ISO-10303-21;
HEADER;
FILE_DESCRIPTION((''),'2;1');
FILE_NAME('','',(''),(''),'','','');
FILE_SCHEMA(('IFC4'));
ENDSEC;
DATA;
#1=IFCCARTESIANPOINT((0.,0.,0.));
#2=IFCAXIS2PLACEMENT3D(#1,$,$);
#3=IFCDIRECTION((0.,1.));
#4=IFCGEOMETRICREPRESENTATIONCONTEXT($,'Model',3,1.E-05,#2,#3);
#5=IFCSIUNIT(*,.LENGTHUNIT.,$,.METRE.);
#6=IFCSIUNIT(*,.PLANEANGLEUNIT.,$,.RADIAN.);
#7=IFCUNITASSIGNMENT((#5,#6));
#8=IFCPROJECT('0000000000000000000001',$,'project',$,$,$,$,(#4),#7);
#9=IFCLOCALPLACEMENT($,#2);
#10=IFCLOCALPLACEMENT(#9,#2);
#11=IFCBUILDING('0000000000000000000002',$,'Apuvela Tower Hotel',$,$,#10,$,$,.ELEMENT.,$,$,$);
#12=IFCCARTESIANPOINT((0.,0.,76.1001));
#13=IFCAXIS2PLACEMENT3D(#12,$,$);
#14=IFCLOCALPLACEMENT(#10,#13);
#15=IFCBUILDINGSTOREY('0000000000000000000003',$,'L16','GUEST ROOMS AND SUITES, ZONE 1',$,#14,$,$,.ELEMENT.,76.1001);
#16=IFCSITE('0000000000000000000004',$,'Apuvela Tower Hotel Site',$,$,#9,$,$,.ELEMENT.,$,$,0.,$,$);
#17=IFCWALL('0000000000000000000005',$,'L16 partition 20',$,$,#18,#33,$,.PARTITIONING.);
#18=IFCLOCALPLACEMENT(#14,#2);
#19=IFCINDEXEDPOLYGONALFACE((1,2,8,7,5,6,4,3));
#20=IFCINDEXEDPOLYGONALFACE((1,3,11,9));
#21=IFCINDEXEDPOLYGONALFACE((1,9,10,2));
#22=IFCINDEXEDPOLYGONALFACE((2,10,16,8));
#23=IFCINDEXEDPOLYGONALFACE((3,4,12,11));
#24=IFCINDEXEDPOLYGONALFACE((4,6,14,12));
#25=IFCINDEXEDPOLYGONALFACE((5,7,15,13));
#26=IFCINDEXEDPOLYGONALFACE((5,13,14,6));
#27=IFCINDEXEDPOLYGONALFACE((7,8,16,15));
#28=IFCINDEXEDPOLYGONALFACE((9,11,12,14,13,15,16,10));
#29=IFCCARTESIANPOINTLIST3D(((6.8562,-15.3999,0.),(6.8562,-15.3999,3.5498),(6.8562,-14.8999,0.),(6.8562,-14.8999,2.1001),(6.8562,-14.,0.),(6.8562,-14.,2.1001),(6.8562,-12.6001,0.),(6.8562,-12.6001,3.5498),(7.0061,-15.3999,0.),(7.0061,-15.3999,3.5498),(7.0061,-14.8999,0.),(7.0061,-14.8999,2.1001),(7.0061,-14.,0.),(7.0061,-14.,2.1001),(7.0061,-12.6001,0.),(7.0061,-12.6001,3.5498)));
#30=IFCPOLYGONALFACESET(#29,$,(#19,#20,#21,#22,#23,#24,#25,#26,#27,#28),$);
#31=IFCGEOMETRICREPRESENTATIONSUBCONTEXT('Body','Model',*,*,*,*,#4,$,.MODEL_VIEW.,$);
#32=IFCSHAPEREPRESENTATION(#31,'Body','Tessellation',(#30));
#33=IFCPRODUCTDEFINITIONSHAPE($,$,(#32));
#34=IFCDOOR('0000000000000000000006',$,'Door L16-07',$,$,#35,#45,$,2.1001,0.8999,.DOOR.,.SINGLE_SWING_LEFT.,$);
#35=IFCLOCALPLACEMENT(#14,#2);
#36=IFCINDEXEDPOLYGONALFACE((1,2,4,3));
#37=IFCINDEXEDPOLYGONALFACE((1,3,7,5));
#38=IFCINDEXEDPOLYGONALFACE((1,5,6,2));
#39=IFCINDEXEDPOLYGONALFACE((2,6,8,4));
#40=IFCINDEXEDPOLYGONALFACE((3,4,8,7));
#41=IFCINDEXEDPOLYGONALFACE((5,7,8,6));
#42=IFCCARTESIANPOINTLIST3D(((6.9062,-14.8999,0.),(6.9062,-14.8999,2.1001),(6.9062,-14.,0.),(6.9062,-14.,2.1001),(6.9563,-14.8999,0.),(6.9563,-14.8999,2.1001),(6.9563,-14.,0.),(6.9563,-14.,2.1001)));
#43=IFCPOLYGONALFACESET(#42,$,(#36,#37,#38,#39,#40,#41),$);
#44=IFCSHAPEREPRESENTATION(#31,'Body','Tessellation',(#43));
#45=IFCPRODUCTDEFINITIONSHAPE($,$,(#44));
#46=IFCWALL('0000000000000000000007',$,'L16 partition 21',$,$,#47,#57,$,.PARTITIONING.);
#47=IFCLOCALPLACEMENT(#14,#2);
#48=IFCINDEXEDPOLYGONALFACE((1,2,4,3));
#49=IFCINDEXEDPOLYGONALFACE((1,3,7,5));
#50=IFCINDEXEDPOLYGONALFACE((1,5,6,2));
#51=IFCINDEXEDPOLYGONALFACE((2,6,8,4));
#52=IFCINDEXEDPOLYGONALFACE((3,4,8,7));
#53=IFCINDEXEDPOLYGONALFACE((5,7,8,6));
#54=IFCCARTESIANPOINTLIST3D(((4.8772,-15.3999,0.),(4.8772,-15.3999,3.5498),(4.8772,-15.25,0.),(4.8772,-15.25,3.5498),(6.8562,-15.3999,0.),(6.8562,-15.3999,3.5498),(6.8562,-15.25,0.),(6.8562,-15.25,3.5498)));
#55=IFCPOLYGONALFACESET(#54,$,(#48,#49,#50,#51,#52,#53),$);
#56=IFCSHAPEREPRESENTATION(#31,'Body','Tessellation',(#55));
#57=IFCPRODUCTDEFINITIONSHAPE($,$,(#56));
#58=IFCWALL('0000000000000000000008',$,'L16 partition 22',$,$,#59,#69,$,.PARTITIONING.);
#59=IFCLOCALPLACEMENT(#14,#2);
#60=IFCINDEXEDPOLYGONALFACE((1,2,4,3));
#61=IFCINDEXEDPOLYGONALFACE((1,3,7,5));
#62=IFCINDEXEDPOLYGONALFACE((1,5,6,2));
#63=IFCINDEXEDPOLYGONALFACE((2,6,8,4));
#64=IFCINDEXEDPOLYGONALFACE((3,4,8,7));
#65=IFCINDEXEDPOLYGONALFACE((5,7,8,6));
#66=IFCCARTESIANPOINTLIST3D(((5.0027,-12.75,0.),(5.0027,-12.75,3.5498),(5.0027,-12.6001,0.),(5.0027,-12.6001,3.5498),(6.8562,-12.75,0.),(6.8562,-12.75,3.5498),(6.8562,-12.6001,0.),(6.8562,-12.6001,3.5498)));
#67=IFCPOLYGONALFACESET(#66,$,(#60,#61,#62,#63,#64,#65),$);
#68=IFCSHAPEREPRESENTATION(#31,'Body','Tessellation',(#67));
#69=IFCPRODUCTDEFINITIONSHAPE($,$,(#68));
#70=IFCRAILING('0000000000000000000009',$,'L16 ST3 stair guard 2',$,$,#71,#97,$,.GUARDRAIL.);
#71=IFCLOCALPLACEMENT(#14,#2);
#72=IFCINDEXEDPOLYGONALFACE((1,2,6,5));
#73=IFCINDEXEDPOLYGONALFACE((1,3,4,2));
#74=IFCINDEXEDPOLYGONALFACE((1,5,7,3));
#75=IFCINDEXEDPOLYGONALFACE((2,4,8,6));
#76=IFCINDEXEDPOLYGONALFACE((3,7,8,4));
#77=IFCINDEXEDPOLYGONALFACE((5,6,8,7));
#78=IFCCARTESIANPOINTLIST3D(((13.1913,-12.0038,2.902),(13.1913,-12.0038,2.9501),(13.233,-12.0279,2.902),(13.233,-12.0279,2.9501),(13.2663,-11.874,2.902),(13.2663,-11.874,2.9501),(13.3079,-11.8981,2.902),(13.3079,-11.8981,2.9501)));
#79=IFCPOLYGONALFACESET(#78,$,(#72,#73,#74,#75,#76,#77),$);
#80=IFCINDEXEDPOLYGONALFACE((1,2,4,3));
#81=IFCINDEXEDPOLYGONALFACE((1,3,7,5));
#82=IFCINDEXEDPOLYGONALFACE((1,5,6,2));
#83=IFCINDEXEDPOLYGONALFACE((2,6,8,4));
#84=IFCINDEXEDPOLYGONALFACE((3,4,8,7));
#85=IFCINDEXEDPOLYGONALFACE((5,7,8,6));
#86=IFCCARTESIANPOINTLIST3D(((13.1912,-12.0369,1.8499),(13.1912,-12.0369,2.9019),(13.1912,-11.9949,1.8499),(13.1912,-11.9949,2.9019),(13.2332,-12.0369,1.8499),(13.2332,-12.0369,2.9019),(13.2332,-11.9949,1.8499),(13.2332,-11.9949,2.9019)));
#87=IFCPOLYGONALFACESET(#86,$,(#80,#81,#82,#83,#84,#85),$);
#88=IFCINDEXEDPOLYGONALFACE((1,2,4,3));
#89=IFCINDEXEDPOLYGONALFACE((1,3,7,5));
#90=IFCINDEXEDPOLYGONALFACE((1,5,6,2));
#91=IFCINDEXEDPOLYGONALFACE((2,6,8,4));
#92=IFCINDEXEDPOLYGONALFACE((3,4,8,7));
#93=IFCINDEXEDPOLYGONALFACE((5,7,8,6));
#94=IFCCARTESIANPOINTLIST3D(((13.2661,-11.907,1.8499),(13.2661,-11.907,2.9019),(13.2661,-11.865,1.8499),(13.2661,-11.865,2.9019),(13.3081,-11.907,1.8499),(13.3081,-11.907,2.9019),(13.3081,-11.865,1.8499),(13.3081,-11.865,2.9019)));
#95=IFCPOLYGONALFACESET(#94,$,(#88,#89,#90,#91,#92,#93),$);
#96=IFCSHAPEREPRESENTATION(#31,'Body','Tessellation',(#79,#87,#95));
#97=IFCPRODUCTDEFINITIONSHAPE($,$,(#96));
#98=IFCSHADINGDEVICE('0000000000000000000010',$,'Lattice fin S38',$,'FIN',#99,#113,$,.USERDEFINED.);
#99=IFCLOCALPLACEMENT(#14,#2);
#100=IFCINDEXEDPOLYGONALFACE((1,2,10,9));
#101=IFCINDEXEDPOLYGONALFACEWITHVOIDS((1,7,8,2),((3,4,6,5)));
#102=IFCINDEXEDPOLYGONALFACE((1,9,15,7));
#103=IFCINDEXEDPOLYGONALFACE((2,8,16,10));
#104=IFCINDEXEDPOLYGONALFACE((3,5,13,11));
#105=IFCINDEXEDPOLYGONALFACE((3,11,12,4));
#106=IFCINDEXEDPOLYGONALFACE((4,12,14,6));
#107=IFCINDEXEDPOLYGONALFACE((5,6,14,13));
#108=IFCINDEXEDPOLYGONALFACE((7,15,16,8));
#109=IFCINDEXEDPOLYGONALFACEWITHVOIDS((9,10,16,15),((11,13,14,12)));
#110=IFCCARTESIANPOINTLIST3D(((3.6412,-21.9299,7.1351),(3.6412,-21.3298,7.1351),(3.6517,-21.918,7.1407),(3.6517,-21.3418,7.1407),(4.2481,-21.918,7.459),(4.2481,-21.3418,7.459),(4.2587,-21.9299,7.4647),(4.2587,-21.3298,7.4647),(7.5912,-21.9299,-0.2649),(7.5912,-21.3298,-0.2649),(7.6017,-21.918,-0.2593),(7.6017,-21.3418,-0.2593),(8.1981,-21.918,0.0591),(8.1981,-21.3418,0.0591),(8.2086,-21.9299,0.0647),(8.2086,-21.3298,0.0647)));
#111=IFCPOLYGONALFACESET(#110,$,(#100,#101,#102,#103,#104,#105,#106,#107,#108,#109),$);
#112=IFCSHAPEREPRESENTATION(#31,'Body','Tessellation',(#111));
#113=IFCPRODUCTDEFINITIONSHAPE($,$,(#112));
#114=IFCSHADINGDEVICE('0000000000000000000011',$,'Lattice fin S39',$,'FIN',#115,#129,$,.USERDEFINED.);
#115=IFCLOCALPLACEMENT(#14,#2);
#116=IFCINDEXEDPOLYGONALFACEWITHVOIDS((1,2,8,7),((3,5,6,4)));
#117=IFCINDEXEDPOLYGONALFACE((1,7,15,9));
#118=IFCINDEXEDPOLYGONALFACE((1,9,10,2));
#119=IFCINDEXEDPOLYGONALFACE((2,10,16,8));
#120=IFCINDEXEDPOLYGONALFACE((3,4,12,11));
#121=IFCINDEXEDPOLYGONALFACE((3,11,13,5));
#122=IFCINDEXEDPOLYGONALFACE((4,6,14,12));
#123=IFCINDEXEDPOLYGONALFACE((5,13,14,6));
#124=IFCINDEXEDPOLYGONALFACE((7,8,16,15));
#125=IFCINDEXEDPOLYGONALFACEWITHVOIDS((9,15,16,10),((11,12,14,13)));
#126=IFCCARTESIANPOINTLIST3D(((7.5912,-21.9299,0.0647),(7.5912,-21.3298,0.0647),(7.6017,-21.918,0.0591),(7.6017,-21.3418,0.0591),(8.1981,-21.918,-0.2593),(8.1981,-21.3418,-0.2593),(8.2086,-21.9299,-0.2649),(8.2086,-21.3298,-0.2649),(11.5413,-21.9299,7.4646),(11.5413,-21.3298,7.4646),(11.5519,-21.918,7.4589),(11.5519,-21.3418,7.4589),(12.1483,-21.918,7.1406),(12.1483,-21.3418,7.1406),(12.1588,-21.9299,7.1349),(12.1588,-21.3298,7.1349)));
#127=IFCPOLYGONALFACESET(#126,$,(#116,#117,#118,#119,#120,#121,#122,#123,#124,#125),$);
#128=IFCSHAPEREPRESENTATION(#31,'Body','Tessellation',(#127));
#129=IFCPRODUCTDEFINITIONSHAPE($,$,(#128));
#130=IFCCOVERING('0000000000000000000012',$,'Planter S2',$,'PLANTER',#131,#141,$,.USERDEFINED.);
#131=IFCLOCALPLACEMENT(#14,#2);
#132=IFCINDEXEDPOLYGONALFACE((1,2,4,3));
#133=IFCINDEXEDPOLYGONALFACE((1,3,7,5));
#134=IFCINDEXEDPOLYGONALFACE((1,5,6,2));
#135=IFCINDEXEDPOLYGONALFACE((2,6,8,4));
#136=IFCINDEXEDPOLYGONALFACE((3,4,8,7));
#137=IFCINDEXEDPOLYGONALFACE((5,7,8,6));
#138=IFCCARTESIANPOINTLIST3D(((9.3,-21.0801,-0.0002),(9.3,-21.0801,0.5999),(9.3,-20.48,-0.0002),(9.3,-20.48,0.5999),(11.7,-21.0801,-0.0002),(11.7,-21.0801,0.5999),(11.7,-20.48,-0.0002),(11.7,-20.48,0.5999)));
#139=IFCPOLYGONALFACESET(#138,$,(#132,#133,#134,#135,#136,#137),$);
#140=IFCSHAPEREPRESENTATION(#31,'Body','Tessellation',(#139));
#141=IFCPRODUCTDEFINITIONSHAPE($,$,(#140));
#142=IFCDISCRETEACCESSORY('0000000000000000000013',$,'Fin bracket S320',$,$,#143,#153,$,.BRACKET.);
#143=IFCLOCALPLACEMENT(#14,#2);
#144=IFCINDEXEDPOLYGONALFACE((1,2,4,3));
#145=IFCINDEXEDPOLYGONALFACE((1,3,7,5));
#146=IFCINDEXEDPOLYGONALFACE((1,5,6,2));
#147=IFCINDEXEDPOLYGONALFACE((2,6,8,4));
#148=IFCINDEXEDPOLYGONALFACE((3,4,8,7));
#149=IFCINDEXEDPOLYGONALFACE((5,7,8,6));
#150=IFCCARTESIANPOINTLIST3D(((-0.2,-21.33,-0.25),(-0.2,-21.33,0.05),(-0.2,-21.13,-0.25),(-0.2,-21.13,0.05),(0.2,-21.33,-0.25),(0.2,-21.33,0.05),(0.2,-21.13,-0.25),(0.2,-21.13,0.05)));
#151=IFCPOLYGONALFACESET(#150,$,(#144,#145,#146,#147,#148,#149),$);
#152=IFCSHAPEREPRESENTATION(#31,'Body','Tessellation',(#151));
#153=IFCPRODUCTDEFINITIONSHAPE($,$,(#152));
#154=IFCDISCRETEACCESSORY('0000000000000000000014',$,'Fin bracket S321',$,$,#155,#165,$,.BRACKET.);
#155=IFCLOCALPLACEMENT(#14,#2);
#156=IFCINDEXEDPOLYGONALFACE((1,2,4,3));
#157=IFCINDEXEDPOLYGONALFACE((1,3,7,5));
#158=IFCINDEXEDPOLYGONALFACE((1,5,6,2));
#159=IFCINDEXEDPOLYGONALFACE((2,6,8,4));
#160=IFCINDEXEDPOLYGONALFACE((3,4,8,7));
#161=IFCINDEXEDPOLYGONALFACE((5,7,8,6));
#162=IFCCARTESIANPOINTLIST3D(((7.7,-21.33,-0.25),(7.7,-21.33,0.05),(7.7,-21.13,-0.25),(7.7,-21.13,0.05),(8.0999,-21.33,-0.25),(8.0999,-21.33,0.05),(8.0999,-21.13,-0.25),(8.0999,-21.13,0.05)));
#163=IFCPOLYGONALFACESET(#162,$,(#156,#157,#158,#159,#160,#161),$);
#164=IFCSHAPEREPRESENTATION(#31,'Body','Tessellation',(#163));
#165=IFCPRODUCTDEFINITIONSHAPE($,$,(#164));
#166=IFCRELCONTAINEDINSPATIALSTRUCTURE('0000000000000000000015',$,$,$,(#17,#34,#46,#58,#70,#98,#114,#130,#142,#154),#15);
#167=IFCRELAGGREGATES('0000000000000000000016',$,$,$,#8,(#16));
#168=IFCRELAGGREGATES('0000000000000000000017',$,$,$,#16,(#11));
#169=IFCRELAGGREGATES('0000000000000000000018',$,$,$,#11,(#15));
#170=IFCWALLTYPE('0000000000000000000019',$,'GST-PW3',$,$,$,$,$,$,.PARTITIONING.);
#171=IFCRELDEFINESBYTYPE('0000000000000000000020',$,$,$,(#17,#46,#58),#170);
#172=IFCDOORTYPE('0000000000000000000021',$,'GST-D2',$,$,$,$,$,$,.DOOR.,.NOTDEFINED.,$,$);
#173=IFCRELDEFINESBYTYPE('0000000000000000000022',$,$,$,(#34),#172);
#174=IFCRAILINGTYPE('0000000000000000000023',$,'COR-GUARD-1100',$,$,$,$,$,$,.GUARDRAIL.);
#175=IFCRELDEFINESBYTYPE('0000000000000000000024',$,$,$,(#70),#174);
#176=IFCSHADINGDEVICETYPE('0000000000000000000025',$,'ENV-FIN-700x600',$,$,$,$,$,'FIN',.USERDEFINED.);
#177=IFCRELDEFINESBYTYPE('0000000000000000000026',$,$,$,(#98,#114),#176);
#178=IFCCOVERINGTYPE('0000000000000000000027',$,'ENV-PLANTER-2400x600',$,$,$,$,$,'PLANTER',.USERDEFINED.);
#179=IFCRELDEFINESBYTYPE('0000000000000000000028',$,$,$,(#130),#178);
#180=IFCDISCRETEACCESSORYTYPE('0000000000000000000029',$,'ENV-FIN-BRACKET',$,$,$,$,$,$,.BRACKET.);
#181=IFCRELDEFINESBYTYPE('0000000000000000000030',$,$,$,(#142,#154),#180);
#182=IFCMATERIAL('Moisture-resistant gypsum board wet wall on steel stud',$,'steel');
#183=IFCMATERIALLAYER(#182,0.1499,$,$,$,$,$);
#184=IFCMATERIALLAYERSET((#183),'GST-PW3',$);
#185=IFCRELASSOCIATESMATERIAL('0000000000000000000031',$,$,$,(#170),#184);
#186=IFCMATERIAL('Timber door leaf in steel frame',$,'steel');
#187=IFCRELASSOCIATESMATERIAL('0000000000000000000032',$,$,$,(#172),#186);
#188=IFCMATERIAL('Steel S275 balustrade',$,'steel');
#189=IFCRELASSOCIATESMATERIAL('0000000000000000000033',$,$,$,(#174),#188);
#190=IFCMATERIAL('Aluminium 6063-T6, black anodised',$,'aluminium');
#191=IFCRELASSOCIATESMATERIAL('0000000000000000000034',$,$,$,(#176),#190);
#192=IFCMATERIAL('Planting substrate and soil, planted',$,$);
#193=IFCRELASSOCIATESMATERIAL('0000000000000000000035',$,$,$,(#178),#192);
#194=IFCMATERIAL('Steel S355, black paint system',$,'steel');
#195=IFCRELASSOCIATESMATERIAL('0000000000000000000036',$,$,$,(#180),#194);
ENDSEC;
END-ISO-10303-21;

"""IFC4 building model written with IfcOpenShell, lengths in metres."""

from ifc_helpers import new_model, si_unit, direction, frame, frame_2d, origin, origin_2d, place, context, subcontext, project, spatial, rectangle, hollow_rectangle, extrude, material, layer, layer_set, material_profile, profile_set, type_object, element, fill, save


model = new_model("IFC4")

# Units and contexts
model_context = context("Model", 3, precision=1e-05, world=origin(), true_north=direction((0.0, 1.0)))
body_context = subcontext(model_context, "Body", "Model", "MODEL_VIEW")
ifc_project = project(units=[si_unit("LENGTHUNIT", "METRE"), si_unit("PLANEANGLEUNIT", "RADIAN")], contexts=[model_context])

# Site, building, storey
site_placement = place(None, origin())
site = spatial("IfcSite", under=ifc_project, at=site_placement, Name="Apuvela Tower Hotel Site", CompositionType="ELEMENT", RefElevation=0.0)
building_placement = place(site_placement, origin())
building = spatial("IfcBuilding", under=site, at=building_placement, Name="Apuvela Tower Hotel", CompositionType="ELEMENT")
storey_placement = place(building_placement, frame((0.0, 0.0, 76.1001)))
storey = spatial("IfcBuildingStorey", under=building, at=storey_placement, Name="L16", Description="GUEST ROOMS AND SUITES, ZONE 1", CompositionType="ELEMENT", Elevation=76.1001)

# Shared definitions
ifc_material_1 = material(Name="Moisture-resistant gypsum board wet wall on steel stud", Category="steel")
ifc_layer_1 = layer(ifc_material_1, 0.1499)
ifc_layer_set_1 = layer_set([ifc_layer_1], Name="GST-PW3")
wall_type_1 = type_object("IfcWallType", Name="GST-PW3", PredefinedType="PARTITIONING", material=ifc_layer_set_1)

# Wall, opening, door
wall_1_placement = place(storey_placement, frame((6.9312, -15.3999, 0.0), z_axis=(0.0, 0.0, 1.0), x_axis=(0.0, 1.0, 0.0)))
wall_1 = element("IfcWall", 1, at=wall_1_placement, inside=storey, type_object=wall_type_1, Name="L16 partition 20", PredefinedType="PARTITIONING", context=body_context, shape_type="SweptSolid", body=[
    extrude(rectangle(XDim=2.7998, YDim=0.1499, at=frame_2d((1.3999, 0.0))), origin(), (0.0, 0.0, 1.0), 3.5498),
])
opening_1_placement = place(wall_1_placement, frame((0.5, 0.0, 0.0)))
opening_1 = element("IfcOpeningElement", 2, at=opening_1_placement, cuts=wall_1, PredefinedType="OPENING", context=body_context, shape_type="SweptSolid", body=[
    extrude(rectangle(XDim=0.8999, YDim=2.1001, at=frame_2d((0.45, 1.05))), frame((0.0, 0.085, 0.0), z_axis=(0.0, -1.0, 0.0), x_axis=(1.0, 0.0, 0.0)), (0.0, 0.0, 1.0), 0.1699),
])
ifc_material_2 = material(Name="Timber door leaf in steel frame", Category="steel")
door_type_1 = type_object("IfcDoorType", Name="GST-D2", OperationType="NOTDEFINED", PredefinedType="DOOR", material=ifc_material_2)
door_1_placement = place(opening_1_placement, origin())
door_1 = element("IfcDoor", 3, at=door_1_placement, inside=storey, type_object=door_type_1, Name="Door L16-07", OperationType="SINGLE_SWING_LEFT", OverallHeight=2.1001, OverallWidth=0.8999, PredefinedType="DOOR", context=body_context, shape_type="SweptSolid", body=[
    extrude(rectangle(XDim=0.8999, YDim=2.1001, at=frame_2d((0.45, 1.05))), frame((0.0, 0.0249, 0.0), z_axis=(0.0, -1.0, 0.0), x_axis=(1.0, 0.0, 0.0)), (0.0, 0.0, 1.0), 0.05),
])
fill(opening_1, door_1)

# Walls
wall_2_placement = place(storey_placement, frame((4.8772, -15.325, 0.0), z_axis=(0.0, 0.0, 1.0), x_axis=(1.0, 0.0, 0.0)))
element("IfcWall", 4, at=wall_2_placement, inside=storey, type_object=wall_type_1, Name="L16 partition 21", PredefinedType="PARTITIONING", context=body_context, shape_type="SweptSolid", body=[
    extrude(rectangle(XDim=1.979, YDim=0.1499, at=frame_2d((0.9895, 0.0))), origin(), (0.0, 0.0, 1.0), 3.5498),
])
wall_3_placement = place(storey_placement, frame((5.0027, -12.675, 0.0), z_axis=(0.0, 0.0, 1.0), x_axis=(1.0, 0.0, 0.0)))
element("IfcWall", 5, at=wall_3_placement, inside=storey, type_object=wall_type_1, Name="L16 partition 22", PredefinedType="PARTITIONING", context=body_context, shape_type="SweptSolid", body=[
    extrude(rectangle(XDim=1.8535, YDim=0.1499, at=frame_2d((0.9268, 0.0))), origin(), (0.0, 0.0, 1.0), 3.5498),
])

# Railing
ifc_material_3 = material(Name="Steel S275 balustrade", Category="steel")
railing_type = type_object("IfcRailingType", Name="COR-GUARD-1100", PredefinedType="GUARDRAIL", material=ifc_material_3)
railing_placement = place(storey_placement, frame((13.2122, -12.0159, 1.8499)))
element("IfcRailing", 6, at=railing_placement, inside=storey, type_object=railing_type, Name="L16 ST3 stair guard 2", PredefinedType="GUARDRAIL", context=body_context, shape_type="SweptSolid", body=[
    extrude(rectangle(XDim=0.0481, YDim=0.0481, at=origin_2d()), frame((0.0, 0.0, 1.0762), z_axis=(0.499816, 0.866131, 0.0), x_axis=(-0.866131, 0.499816, 0.0)), (0.0, 0.0, 1.0), 0.1499),
    extrude(rectangle(XDim=0.042, YDim=0.042, at=origin_2d()), origin(), (0.0, 0.0, 1.0), 1.052),
    extrude(rectangle(XDim=0.042, YDim=0.042, at=origin_2d()), frame((0.075, 0.1299, 0.0)), (0.0, 0.0, 1.0), 1.052),
])

# Shading devices
ifc_material_4 = material(Name="Aluminium 6063-T6, black anodised", Category="aluminium")
ifc_material_profile_1 = material_profile(ifc_material_4, hollow_rectangle(XDim=0.6001, YDim=0.7, WallThickness=0.012, at=origin_2d()), Name="AL BOX 700x600x12")
ifc_profile_set_1 = profile_set([ifc_material_profile_1], Name="Aluminium 6063-T6, black anodised")
shading_device_type = type_object("IfcShadingDeviceType", Name="ENV-FIN-700x600", ElementType="FIN", PredefinedType="USERDEFINED", material=ifc_profile_set_1)
for number, where, z_axis, x_axis, name in (
    (7, (7.8999, -21.6299, -0.1001), (-0.470898, 0.0, 0.882188), (0.0, -1.0, 0.0), "Lattice fin S38"),
    (8, (7.8999, -21.6299, -0.1001), (0.470921, 0.0, 0.882176), (0.0, 1.0, 0.0), "Lattice fin S39"),
):
    element("IfcShadingDevice", number, at=place(storey_placement, frame(where, z_axis=z_axis, x_axis=x_axis)), inside=storey, type_object=shading_device_type, Name=name, ObjectType="FIN", PredefinedType="USERDEFINED", context=body_context, shape_type="SweptSolid", body=[
        extrude(hollow_rectangle(XDim=0.6001, YDim=0.7, WallThickness=0.012, at=origin_2d()), origin(), (0.0, 0.0, 1.0), 8.3882),
    ])

# Covering
ifc_material_5 = material(Name="Planting substrate and soil, planted")
covering_type = type_object("IfcCoveringType", Name="ENV-PLANTER-2400x600", ElementType="PLANTER", PredefinedType="USERDEFINED", material=ifc_material_5)
covering_placement = place(storey_placement, frame((10.5, -20.78, -0.0002), z_axis=(0.0, 0.0, 1.0), x_axis=(1.0, 0.0, 0.0)))
element("IfcCovering", 9, at=covering_placement, inside=storey, type_object=covering_type, Name="Planter S2", ObjectType="PLANTER", PredefinedType="USERDEFINED", context=body_context, shape_type="SweptSolid", body=[
    extrude(rectangle(XDim=2.3999, YDim=0.6001, at=origin_2d()), origin(), (0.0, 0.0, 1.0), 0.6001),
])

# Discrete accessories
ifc_material_6 = material(Name="Steel S355, black paint system", Category="steel")
discrete_accessory_type = type_object("IfcDiscreteAccessoryType", Name="ENV-FIN-BRACKET", PredefinedType="BRACKET", material=ifc_material_6)
for number, where, z_axis, x_axis, name in (
    (10, (0.0, -21.23, -0.25), (0.0, 0.0, 1.0), (1.0, 0.0, 0.0), "Fin bracket S320"),
    (11, (7.8999, -21.23, -0.25), (0.0, 0.0, 1.0), (1.0, 0.0, 0.0), "Fin bracket S321"),
):
    element("IfcDiscreteAccessory", number, at=place(storey_placement, frame(where, z_axis=z_axis, x_axis=x_axis)), inside=storey, type_object=discrete_accessory_type, Name=name, PredefinedType="BRACKET", context=body_context, shape_type="SweptSolid", body=[
        extrude(rectangle(XDim=0.3999, YDim=0.2, at=origin_2d()), origin(), (0.0, 0.0, 1.0), 0.3),
    ])

save(model, "model.ifc")
